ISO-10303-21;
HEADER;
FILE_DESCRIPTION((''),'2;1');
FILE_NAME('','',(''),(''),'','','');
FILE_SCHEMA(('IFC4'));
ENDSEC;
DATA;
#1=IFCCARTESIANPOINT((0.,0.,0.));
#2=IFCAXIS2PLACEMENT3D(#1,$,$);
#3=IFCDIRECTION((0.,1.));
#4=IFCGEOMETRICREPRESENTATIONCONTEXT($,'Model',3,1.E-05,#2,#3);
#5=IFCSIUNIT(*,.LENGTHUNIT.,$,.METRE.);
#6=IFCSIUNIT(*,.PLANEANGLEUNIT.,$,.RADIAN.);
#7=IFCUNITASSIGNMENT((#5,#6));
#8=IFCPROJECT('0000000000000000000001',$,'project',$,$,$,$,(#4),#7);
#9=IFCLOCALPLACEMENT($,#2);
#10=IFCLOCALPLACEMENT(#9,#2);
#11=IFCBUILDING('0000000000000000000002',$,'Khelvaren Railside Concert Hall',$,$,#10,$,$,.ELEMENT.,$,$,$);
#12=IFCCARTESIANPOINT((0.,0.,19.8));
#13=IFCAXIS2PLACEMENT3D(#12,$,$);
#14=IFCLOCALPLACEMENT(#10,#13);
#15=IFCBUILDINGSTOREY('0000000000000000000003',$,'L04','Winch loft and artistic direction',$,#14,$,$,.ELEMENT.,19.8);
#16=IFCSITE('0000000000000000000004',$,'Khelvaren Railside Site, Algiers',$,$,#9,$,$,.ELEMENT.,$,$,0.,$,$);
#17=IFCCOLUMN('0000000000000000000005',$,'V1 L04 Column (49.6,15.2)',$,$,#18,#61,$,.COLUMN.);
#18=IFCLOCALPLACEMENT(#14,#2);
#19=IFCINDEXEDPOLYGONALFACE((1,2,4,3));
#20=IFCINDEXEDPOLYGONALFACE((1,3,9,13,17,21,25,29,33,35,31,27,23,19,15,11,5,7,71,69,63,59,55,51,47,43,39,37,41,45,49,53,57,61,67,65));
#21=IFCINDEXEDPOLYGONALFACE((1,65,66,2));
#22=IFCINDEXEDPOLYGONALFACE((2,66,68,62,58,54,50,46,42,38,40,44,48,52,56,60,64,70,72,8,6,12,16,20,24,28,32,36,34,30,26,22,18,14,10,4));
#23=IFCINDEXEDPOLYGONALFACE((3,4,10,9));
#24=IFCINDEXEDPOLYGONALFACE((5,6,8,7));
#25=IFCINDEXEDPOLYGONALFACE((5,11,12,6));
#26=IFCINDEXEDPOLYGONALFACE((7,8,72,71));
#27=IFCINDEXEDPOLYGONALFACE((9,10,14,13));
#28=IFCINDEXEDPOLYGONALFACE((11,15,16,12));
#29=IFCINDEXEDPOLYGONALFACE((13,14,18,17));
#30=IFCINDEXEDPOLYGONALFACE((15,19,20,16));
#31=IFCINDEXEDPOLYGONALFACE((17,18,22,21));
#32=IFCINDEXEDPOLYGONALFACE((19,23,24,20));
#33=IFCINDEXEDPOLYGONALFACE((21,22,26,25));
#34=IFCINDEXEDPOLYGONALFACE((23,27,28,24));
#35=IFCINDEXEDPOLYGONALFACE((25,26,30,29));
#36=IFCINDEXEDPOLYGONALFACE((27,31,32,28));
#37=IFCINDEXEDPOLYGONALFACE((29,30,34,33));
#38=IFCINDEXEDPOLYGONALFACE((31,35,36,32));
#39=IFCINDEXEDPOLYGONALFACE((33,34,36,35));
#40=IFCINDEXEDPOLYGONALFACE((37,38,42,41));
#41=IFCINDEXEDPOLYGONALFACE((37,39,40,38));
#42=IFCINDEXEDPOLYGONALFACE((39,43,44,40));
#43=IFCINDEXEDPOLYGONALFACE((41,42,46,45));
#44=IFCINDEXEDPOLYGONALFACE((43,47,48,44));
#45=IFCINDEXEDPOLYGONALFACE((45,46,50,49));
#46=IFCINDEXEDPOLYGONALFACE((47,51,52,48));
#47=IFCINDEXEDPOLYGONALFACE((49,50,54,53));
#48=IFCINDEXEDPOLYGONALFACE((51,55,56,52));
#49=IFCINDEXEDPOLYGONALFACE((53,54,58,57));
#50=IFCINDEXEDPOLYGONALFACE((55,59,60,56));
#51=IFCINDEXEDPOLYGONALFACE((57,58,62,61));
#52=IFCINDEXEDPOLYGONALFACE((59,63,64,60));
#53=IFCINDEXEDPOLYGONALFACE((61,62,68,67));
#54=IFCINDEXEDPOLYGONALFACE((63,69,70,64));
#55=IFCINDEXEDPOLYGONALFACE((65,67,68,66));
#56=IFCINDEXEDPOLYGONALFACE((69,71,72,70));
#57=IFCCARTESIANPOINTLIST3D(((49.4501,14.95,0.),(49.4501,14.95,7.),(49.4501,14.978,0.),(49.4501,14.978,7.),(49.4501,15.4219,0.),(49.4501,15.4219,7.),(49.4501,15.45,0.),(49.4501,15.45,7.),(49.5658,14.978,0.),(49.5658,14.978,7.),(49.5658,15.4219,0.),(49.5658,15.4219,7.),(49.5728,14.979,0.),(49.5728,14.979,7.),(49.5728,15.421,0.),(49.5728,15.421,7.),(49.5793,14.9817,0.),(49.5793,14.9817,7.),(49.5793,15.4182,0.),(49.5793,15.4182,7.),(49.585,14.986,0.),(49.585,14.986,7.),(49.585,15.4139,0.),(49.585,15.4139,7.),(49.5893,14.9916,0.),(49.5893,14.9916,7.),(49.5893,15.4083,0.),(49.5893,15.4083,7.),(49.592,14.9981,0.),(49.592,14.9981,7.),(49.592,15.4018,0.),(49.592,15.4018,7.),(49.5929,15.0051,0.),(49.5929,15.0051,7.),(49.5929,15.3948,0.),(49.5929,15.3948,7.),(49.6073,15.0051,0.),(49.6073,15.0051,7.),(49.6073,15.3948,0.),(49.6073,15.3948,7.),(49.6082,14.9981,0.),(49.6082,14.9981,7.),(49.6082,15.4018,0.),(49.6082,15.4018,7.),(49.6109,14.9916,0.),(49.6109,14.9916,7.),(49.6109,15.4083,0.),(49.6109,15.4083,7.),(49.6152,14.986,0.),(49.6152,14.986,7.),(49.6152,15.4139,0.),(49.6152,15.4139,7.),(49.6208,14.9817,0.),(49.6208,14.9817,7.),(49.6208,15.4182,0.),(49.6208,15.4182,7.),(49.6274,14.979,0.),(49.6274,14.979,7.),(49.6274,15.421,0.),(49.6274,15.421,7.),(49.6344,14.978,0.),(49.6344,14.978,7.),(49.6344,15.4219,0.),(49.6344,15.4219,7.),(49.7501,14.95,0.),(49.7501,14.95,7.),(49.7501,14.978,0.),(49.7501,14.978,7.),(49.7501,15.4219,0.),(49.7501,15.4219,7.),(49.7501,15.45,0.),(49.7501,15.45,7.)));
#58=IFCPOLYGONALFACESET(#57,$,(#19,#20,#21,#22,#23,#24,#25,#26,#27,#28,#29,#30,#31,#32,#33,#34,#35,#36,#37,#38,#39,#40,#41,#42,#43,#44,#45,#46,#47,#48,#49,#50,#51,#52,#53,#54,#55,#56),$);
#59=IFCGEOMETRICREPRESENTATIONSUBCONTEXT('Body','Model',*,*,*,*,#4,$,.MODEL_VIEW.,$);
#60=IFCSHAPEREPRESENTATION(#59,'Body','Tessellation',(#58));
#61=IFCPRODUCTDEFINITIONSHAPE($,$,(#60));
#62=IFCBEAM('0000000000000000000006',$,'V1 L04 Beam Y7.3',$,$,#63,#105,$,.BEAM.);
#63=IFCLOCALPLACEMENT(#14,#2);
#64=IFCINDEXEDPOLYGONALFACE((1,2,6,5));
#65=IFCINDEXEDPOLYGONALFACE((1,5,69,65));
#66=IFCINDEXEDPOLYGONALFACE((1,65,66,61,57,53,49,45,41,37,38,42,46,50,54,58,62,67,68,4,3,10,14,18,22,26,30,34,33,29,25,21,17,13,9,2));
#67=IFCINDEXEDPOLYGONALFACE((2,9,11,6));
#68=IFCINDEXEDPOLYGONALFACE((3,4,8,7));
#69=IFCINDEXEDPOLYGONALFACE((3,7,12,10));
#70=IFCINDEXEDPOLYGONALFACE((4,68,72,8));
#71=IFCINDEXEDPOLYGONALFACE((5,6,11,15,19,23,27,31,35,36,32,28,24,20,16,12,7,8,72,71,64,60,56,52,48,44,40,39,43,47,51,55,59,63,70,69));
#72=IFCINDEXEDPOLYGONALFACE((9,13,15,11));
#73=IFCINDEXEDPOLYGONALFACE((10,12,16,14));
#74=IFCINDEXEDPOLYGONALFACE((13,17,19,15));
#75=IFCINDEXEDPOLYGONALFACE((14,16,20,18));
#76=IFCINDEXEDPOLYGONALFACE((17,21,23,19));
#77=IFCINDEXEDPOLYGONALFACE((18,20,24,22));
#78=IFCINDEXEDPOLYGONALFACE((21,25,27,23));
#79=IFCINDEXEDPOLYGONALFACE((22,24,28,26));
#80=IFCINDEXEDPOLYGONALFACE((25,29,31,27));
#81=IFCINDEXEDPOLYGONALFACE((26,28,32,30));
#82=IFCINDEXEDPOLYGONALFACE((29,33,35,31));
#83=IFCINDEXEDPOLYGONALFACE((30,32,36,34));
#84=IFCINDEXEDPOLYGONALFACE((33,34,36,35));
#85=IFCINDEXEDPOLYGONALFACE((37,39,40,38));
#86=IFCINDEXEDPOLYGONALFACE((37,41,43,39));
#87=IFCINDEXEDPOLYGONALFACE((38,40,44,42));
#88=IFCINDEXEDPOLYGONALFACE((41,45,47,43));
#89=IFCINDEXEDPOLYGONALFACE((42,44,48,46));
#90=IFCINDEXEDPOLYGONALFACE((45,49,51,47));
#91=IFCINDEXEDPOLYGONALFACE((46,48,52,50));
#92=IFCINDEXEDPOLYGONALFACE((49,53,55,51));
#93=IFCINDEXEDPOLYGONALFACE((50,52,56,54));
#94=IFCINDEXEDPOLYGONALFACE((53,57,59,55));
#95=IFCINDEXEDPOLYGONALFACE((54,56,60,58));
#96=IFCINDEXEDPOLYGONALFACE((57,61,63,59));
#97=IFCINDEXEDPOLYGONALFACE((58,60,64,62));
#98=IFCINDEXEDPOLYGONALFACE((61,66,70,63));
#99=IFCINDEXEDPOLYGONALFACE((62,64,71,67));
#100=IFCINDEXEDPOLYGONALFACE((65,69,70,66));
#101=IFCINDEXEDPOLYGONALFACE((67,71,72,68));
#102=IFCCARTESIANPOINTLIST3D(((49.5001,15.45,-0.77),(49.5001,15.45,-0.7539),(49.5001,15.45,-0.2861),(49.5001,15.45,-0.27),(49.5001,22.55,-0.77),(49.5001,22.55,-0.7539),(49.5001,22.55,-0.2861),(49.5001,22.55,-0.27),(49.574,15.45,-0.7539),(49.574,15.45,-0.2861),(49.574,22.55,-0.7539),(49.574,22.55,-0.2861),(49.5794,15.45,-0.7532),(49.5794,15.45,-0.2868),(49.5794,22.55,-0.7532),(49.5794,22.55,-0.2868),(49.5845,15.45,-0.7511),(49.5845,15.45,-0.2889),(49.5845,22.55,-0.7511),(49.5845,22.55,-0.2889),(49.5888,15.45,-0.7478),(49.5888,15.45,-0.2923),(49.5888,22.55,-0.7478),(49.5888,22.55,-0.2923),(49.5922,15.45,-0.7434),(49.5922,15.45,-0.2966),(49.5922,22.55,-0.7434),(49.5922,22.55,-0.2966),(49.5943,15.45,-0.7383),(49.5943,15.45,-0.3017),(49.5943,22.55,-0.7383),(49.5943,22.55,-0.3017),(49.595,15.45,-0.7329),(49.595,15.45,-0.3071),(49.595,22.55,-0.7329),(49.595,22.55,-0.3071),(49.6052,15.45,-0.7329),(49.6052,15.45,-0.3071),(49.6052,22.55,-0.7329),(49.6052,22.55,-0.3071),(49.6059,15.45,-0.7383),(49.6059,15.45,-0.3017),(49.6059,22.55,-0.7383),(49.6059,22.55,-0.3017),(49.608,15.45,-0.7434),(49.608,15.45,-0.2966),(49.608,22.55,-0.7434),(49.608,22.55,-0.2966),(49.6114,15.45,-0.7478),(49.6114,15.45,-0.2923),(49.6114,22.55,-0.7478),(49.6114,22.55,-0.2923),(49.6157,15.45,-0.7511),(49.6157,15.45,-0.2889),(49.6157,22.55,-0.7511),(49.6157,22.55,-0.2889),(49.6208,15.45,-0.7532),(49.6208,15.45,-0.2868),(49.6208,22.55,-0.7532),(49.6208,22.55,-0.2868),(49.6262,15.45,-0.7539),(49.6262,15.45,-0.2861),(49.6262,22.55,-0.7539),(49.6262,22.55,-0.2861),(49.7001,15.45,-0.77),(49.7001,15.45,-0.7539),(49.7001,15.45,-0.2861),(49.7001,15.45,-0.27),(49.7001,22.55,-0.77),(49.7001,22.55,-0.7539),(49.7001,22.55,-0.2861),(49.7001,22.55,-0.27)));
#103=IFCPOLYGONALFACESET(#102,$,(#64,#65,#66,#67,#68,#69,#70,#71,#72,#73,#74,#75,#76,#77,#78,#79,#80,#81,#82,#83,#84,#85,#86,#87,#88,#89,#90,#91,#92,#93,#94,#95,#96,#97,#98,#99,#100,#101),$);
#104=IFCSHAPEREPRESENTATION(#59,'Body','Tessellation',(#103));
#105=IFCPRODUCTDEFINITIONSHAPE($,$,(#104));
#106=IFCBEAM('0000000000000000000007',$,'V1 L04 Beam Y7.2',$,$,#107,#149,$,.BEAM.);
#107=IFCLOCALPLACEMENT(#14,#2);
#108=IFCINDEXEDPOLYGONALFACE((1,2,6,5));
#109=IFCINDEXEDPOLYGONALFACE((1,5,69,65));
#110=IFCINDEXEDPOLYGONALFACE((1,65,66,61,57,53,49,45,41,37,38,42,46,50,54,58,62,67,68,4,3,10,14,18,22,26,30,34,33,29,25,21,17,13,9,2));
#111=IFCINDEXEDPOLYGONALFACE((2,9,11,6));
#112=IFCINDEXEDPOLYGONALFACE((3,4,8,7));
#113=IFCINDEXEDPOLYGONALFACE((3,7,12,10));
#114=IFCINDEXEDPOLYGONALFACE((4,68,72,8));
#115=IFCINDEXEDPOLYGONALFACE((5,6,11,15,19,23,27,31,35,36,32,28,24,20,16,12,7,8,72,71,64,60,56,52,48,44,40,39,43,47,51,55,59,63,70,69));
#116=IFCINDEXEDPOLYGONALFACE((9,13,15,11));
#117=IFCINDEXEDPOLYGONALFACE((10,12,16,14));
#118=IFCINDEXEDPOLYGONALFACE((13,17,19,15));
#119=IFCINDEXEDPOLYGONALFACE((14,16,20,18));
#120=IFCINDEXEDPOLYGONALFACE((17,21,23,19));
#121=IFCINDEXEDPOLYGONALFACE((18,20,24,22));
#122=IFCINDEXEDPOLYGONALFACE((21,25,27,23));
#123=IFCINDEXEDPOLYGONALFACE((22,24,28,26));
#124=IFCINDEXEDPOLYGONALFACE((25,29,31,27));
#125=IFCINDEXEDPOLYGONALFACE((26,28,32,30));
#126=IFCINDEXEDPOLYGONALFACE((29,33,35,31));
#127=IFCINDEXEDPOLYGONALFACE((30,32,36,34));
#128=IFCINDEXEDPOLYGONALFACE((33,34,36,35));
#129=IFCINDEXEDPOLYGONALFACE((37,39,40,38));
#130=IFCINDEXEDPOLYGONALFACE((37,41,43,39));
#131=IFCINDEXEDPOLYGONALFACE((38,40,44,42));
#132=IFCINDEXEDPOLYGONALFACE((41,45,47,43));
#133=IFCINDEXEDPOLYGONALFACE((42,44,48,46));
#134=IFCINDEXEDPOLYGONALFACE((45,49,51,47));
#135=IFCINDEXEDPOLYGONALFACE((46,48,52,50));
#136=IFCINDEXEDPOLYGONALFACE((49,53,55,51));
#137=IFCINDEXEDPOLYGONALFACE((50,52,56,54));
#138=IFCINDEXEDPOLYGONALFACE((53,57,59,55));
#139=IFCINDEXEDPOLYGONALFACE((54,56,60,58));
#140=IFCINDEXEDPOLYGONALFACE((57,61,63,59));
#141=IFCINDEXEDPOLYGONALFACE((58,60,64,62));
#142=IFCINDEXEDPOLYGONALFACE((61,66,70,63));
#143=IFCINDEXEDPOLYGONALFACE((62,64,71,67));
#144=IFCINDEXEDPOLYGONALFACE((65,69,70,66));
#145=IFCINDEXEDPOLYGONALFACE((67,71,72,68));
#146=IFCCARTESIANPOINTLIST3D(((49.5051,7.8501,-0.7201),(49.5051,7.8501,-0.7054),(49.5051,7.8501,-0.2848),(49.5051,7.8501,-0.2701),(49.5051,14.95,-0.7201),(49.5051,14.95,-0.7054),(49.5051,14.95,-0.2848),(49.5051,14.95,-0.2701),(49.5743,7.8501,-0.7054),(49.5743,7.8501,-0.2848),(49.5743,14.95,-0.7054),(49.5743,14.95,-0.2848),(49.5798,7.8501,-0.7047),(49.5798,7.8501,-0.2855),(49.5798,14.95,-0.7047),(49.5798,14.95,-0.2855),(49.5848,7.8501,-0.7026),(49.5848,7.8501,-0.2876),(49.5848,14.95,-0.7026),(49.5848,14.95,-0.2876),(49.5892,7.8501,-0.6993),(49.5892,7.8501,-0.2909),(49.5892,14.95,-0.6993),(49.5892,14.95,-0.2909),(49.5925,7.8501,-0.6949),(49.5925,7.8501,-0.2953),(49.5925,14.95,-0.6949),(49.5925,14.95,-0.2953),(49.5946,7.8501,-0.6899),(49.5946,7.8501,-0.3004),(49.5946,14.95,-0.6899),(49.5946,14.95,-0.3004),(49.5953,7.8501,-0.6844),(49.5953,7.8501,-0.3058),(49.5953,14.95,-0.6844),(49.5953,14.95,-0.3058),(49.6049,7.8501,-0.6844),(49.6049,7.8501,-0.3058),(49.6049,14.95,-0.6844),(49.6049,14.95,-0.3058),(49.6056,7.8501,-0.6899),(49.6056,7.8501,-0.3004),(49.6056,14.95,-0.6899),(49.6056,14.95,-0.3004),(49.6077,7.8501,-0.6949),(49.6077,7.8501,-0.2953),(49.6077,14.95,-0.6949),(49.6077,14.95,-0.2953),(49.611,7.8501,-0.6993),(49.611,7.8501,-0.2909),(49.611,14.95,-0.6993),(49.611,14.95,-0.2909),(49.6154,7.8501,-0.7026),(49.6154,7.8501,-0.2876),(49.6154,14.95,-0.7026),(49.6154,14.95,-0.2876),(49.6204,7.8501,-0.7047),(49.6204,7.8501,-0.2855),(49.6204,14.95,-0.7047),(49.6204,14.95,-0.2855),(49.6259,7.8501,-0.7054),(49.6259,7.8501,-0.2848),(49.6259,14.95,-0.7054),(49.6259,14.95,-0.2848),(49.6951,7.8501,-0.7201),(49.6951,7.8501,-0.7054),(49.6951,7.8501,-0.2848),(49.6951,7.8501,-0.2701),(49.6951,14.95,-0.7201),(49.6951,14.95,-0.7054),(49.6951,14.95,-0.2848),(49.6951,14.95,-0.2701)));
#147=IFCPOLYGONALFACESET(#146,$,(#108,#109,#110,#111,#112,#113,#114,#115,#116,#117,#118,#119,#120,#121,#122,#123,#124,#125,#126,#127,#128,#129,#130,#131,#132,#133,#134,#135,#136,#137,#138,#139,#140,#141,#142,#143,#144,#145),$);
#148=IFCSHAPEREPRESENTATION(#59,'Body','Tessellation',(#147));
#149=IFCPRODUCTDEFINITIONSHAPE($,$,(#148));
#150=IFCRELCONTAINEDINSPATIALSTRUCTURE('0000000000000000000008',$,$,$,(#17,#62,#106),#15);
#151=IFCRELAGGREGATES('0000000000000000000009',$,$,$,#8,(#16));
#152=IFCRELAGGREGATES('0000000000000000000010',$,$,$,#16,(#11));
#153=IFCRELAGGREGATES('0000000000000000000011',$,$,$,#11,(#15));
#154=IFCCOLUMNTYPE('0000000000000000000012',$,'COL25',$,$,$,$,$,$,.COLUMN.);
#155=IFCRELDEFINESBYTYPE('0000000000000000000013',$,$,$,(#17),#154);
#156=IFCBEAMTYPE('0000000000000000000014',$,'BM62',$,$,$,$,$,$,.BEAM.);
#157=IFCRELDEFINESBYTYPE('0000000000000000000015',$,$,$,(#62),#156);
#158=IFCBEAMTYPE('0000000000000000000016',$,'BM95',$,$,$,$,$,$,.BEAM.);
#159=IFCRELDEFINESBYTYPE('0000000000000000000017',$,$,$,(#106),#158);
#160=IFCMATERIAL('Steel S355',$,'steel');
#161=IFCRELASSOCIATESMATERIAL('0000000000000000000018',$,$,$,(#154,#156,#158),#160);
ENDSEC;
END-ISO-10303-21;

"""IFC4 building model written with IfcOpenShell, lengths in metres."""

from ifc_helpers import new_model, si_unit, direction, frame, origin, origin_2d, place, context, subcontext, project, spatial, i_section, extrude, material, material_profile, profile_set, type_object, element, save


model = new_model("IFC4")

# Units and contexts
model_context = context("Model", 3, precision=1e-05, world=origin(), true_north=direction((0.0, 1.0)))
body_context = subcontext(model_context, "Body", "Model", "MODEL_VIEW")
ifc_project = project(units=[si_unit("LENGTHUNIT", "METRE"), si_unit("PLANEANGLEUNIT", "RADIAN")], contexts=[model_context])

# Site, building, storey
site_placement = place(None, origin())
site = spatial("IfcSite", under=ifc_project, at=site_placement, Name="Khelvaren Railside Site, Algiers", CompositionType="ELEMENT", RefElevation=0.0)
building_placement = place(site_placement, origin())
building = spatial("IfcBuilding", under=site, at=building_placement, Name="Khelvaren Railside Concert Hall", CompositionType="ELEMENT")
storey_placement = place(building_placement, frame((0.0, 0.0, 19.8)))
storey = spatial("IfcBuildingStorey", under=building, at=storey_placement, Name="L04", Description="Winch loft and artistic direction", CompositionType="ELEMENT", Elevation=19.8)

# Column
ifc_material_1 = material(Name="Steel S355", Category="steel")
ifc_material_profile_1 = material_profile(ifc_material_1, i_section(OverallWidth=0.3, OverallDepth=0.5, WebThickness=0.0144, FlangeThickness=0.0281, FilletRadius=0.0271, at=origin_2d()), Name="HEB 500")
ifc_profile_set_1 = profile_set([ifc_material_profile_1], Name="Steel S355")
column_type = type_object("IfcColumnType", Name="COL25", PredefinedType="COLUMN", material=ifc_profile_set_1)
column_placement = place(storey_placement, frame((49.6001, 15.2, 0.0), z_axis=(0.0, 0.0, 1.0), x_axis=(1.0, 0.0, 0.0)))
element("IfcColumn", 1, at=column_placement, inside=storey, type_object=column_type, Name="V1 L04 Column (49.6,15.2)", PredefinedType="COLUMN", context=body_context, shape_type="SweptSolid", body=[
    extrude(i_section(OverallWidth=0.3, OverallDepth=0.5, WebThickness=0.0144, FlangeThickness=0.0281, FilletRadius=0.0271, at=origin_2d()), origin(), (0.0, 0.0, 1.0), 7.0),
])

# Beams
ifc_material_profile_2 = material_profile(ifc_material_1, i_section(OverallWidth=0.2, OverallDepth=0.5, WebThickness=0.0103, FlangeThickness=0.0161, FilletRadius=0.021, at=origin_2d()), Name="IPE 500")
ifc_profile_set_2 = profile_set([ifc_material_profile_2], Name="Steel S355")
beam_type_1 = type_object("IfcBeamType", Name="BM62", PredefinedType="BEAM", material=ifc_profile_set_2)
beam_1_placement = place(storey_placement, frame((49.6001, 15.45, -0.52), z_axis=(0.0, 1.0, 0.0), x_axis=(-1.0, 0.0, 0.0)))
element("IfcBeam", 2, at=beam_1_placement, inside=storey, type_object=beam_type_1, Name="V1 L04 Beam Y7.3", PredefinedType="BEAM", context=body_context, shape_type="SweptSolid", body=[
    extrude(i_section(OverallWidth=0.2, OverallDepth=0.5, WebThickness=0.0103, FlangeThickness=0.0161, FilletRadius=0.021, at=origin_2d()), origin(), (0.0, 0.0, 1.0), 7.1001),
])
ifc_material_profile_3 = material_profile(ifc_material_1, i_section(OverallWidth=0.1899, OverallDepth=0.45, WebThickness=0.0095, FlangeThickness=0.0146, FilletRadius=0.021, at=origin_2d()), Name="IPE 450")
ifc_profile_set_3 = profile_set([ifc_material_profile_3], Name="Steel S355")
beam_type_2 = type_object("IfcBeamType", Name="BM95", PredefinedType="BEAM", material=ifc_profile_set_3)
beam_2_placement = place(storey_placement, frame((49.6001, 7.8501, -0.4951), z_axis=(0.0, 1.0, 0.0), x_axis=(-1.0, 0.0, 0.0)))
element("IfcBeam", 3, at=beam_2_placement, inside=storey, type_object=beam_type_2, Name="V1 L04 Beam Y7.2", PredefinedType="BEAM", context=body_context, shape_type="SweptSolid", body=[
    extrude(i_section(OverallWidth=0.1899, OverallDepth=0.45, WebThickness=0.0095, FlangeThickness=0.0146, FilletRadius=0.021, at=origin_2d()), origin(), (0.0, 0.0, 1.0), 7.0999),
])

save(model, "model.ifc")
